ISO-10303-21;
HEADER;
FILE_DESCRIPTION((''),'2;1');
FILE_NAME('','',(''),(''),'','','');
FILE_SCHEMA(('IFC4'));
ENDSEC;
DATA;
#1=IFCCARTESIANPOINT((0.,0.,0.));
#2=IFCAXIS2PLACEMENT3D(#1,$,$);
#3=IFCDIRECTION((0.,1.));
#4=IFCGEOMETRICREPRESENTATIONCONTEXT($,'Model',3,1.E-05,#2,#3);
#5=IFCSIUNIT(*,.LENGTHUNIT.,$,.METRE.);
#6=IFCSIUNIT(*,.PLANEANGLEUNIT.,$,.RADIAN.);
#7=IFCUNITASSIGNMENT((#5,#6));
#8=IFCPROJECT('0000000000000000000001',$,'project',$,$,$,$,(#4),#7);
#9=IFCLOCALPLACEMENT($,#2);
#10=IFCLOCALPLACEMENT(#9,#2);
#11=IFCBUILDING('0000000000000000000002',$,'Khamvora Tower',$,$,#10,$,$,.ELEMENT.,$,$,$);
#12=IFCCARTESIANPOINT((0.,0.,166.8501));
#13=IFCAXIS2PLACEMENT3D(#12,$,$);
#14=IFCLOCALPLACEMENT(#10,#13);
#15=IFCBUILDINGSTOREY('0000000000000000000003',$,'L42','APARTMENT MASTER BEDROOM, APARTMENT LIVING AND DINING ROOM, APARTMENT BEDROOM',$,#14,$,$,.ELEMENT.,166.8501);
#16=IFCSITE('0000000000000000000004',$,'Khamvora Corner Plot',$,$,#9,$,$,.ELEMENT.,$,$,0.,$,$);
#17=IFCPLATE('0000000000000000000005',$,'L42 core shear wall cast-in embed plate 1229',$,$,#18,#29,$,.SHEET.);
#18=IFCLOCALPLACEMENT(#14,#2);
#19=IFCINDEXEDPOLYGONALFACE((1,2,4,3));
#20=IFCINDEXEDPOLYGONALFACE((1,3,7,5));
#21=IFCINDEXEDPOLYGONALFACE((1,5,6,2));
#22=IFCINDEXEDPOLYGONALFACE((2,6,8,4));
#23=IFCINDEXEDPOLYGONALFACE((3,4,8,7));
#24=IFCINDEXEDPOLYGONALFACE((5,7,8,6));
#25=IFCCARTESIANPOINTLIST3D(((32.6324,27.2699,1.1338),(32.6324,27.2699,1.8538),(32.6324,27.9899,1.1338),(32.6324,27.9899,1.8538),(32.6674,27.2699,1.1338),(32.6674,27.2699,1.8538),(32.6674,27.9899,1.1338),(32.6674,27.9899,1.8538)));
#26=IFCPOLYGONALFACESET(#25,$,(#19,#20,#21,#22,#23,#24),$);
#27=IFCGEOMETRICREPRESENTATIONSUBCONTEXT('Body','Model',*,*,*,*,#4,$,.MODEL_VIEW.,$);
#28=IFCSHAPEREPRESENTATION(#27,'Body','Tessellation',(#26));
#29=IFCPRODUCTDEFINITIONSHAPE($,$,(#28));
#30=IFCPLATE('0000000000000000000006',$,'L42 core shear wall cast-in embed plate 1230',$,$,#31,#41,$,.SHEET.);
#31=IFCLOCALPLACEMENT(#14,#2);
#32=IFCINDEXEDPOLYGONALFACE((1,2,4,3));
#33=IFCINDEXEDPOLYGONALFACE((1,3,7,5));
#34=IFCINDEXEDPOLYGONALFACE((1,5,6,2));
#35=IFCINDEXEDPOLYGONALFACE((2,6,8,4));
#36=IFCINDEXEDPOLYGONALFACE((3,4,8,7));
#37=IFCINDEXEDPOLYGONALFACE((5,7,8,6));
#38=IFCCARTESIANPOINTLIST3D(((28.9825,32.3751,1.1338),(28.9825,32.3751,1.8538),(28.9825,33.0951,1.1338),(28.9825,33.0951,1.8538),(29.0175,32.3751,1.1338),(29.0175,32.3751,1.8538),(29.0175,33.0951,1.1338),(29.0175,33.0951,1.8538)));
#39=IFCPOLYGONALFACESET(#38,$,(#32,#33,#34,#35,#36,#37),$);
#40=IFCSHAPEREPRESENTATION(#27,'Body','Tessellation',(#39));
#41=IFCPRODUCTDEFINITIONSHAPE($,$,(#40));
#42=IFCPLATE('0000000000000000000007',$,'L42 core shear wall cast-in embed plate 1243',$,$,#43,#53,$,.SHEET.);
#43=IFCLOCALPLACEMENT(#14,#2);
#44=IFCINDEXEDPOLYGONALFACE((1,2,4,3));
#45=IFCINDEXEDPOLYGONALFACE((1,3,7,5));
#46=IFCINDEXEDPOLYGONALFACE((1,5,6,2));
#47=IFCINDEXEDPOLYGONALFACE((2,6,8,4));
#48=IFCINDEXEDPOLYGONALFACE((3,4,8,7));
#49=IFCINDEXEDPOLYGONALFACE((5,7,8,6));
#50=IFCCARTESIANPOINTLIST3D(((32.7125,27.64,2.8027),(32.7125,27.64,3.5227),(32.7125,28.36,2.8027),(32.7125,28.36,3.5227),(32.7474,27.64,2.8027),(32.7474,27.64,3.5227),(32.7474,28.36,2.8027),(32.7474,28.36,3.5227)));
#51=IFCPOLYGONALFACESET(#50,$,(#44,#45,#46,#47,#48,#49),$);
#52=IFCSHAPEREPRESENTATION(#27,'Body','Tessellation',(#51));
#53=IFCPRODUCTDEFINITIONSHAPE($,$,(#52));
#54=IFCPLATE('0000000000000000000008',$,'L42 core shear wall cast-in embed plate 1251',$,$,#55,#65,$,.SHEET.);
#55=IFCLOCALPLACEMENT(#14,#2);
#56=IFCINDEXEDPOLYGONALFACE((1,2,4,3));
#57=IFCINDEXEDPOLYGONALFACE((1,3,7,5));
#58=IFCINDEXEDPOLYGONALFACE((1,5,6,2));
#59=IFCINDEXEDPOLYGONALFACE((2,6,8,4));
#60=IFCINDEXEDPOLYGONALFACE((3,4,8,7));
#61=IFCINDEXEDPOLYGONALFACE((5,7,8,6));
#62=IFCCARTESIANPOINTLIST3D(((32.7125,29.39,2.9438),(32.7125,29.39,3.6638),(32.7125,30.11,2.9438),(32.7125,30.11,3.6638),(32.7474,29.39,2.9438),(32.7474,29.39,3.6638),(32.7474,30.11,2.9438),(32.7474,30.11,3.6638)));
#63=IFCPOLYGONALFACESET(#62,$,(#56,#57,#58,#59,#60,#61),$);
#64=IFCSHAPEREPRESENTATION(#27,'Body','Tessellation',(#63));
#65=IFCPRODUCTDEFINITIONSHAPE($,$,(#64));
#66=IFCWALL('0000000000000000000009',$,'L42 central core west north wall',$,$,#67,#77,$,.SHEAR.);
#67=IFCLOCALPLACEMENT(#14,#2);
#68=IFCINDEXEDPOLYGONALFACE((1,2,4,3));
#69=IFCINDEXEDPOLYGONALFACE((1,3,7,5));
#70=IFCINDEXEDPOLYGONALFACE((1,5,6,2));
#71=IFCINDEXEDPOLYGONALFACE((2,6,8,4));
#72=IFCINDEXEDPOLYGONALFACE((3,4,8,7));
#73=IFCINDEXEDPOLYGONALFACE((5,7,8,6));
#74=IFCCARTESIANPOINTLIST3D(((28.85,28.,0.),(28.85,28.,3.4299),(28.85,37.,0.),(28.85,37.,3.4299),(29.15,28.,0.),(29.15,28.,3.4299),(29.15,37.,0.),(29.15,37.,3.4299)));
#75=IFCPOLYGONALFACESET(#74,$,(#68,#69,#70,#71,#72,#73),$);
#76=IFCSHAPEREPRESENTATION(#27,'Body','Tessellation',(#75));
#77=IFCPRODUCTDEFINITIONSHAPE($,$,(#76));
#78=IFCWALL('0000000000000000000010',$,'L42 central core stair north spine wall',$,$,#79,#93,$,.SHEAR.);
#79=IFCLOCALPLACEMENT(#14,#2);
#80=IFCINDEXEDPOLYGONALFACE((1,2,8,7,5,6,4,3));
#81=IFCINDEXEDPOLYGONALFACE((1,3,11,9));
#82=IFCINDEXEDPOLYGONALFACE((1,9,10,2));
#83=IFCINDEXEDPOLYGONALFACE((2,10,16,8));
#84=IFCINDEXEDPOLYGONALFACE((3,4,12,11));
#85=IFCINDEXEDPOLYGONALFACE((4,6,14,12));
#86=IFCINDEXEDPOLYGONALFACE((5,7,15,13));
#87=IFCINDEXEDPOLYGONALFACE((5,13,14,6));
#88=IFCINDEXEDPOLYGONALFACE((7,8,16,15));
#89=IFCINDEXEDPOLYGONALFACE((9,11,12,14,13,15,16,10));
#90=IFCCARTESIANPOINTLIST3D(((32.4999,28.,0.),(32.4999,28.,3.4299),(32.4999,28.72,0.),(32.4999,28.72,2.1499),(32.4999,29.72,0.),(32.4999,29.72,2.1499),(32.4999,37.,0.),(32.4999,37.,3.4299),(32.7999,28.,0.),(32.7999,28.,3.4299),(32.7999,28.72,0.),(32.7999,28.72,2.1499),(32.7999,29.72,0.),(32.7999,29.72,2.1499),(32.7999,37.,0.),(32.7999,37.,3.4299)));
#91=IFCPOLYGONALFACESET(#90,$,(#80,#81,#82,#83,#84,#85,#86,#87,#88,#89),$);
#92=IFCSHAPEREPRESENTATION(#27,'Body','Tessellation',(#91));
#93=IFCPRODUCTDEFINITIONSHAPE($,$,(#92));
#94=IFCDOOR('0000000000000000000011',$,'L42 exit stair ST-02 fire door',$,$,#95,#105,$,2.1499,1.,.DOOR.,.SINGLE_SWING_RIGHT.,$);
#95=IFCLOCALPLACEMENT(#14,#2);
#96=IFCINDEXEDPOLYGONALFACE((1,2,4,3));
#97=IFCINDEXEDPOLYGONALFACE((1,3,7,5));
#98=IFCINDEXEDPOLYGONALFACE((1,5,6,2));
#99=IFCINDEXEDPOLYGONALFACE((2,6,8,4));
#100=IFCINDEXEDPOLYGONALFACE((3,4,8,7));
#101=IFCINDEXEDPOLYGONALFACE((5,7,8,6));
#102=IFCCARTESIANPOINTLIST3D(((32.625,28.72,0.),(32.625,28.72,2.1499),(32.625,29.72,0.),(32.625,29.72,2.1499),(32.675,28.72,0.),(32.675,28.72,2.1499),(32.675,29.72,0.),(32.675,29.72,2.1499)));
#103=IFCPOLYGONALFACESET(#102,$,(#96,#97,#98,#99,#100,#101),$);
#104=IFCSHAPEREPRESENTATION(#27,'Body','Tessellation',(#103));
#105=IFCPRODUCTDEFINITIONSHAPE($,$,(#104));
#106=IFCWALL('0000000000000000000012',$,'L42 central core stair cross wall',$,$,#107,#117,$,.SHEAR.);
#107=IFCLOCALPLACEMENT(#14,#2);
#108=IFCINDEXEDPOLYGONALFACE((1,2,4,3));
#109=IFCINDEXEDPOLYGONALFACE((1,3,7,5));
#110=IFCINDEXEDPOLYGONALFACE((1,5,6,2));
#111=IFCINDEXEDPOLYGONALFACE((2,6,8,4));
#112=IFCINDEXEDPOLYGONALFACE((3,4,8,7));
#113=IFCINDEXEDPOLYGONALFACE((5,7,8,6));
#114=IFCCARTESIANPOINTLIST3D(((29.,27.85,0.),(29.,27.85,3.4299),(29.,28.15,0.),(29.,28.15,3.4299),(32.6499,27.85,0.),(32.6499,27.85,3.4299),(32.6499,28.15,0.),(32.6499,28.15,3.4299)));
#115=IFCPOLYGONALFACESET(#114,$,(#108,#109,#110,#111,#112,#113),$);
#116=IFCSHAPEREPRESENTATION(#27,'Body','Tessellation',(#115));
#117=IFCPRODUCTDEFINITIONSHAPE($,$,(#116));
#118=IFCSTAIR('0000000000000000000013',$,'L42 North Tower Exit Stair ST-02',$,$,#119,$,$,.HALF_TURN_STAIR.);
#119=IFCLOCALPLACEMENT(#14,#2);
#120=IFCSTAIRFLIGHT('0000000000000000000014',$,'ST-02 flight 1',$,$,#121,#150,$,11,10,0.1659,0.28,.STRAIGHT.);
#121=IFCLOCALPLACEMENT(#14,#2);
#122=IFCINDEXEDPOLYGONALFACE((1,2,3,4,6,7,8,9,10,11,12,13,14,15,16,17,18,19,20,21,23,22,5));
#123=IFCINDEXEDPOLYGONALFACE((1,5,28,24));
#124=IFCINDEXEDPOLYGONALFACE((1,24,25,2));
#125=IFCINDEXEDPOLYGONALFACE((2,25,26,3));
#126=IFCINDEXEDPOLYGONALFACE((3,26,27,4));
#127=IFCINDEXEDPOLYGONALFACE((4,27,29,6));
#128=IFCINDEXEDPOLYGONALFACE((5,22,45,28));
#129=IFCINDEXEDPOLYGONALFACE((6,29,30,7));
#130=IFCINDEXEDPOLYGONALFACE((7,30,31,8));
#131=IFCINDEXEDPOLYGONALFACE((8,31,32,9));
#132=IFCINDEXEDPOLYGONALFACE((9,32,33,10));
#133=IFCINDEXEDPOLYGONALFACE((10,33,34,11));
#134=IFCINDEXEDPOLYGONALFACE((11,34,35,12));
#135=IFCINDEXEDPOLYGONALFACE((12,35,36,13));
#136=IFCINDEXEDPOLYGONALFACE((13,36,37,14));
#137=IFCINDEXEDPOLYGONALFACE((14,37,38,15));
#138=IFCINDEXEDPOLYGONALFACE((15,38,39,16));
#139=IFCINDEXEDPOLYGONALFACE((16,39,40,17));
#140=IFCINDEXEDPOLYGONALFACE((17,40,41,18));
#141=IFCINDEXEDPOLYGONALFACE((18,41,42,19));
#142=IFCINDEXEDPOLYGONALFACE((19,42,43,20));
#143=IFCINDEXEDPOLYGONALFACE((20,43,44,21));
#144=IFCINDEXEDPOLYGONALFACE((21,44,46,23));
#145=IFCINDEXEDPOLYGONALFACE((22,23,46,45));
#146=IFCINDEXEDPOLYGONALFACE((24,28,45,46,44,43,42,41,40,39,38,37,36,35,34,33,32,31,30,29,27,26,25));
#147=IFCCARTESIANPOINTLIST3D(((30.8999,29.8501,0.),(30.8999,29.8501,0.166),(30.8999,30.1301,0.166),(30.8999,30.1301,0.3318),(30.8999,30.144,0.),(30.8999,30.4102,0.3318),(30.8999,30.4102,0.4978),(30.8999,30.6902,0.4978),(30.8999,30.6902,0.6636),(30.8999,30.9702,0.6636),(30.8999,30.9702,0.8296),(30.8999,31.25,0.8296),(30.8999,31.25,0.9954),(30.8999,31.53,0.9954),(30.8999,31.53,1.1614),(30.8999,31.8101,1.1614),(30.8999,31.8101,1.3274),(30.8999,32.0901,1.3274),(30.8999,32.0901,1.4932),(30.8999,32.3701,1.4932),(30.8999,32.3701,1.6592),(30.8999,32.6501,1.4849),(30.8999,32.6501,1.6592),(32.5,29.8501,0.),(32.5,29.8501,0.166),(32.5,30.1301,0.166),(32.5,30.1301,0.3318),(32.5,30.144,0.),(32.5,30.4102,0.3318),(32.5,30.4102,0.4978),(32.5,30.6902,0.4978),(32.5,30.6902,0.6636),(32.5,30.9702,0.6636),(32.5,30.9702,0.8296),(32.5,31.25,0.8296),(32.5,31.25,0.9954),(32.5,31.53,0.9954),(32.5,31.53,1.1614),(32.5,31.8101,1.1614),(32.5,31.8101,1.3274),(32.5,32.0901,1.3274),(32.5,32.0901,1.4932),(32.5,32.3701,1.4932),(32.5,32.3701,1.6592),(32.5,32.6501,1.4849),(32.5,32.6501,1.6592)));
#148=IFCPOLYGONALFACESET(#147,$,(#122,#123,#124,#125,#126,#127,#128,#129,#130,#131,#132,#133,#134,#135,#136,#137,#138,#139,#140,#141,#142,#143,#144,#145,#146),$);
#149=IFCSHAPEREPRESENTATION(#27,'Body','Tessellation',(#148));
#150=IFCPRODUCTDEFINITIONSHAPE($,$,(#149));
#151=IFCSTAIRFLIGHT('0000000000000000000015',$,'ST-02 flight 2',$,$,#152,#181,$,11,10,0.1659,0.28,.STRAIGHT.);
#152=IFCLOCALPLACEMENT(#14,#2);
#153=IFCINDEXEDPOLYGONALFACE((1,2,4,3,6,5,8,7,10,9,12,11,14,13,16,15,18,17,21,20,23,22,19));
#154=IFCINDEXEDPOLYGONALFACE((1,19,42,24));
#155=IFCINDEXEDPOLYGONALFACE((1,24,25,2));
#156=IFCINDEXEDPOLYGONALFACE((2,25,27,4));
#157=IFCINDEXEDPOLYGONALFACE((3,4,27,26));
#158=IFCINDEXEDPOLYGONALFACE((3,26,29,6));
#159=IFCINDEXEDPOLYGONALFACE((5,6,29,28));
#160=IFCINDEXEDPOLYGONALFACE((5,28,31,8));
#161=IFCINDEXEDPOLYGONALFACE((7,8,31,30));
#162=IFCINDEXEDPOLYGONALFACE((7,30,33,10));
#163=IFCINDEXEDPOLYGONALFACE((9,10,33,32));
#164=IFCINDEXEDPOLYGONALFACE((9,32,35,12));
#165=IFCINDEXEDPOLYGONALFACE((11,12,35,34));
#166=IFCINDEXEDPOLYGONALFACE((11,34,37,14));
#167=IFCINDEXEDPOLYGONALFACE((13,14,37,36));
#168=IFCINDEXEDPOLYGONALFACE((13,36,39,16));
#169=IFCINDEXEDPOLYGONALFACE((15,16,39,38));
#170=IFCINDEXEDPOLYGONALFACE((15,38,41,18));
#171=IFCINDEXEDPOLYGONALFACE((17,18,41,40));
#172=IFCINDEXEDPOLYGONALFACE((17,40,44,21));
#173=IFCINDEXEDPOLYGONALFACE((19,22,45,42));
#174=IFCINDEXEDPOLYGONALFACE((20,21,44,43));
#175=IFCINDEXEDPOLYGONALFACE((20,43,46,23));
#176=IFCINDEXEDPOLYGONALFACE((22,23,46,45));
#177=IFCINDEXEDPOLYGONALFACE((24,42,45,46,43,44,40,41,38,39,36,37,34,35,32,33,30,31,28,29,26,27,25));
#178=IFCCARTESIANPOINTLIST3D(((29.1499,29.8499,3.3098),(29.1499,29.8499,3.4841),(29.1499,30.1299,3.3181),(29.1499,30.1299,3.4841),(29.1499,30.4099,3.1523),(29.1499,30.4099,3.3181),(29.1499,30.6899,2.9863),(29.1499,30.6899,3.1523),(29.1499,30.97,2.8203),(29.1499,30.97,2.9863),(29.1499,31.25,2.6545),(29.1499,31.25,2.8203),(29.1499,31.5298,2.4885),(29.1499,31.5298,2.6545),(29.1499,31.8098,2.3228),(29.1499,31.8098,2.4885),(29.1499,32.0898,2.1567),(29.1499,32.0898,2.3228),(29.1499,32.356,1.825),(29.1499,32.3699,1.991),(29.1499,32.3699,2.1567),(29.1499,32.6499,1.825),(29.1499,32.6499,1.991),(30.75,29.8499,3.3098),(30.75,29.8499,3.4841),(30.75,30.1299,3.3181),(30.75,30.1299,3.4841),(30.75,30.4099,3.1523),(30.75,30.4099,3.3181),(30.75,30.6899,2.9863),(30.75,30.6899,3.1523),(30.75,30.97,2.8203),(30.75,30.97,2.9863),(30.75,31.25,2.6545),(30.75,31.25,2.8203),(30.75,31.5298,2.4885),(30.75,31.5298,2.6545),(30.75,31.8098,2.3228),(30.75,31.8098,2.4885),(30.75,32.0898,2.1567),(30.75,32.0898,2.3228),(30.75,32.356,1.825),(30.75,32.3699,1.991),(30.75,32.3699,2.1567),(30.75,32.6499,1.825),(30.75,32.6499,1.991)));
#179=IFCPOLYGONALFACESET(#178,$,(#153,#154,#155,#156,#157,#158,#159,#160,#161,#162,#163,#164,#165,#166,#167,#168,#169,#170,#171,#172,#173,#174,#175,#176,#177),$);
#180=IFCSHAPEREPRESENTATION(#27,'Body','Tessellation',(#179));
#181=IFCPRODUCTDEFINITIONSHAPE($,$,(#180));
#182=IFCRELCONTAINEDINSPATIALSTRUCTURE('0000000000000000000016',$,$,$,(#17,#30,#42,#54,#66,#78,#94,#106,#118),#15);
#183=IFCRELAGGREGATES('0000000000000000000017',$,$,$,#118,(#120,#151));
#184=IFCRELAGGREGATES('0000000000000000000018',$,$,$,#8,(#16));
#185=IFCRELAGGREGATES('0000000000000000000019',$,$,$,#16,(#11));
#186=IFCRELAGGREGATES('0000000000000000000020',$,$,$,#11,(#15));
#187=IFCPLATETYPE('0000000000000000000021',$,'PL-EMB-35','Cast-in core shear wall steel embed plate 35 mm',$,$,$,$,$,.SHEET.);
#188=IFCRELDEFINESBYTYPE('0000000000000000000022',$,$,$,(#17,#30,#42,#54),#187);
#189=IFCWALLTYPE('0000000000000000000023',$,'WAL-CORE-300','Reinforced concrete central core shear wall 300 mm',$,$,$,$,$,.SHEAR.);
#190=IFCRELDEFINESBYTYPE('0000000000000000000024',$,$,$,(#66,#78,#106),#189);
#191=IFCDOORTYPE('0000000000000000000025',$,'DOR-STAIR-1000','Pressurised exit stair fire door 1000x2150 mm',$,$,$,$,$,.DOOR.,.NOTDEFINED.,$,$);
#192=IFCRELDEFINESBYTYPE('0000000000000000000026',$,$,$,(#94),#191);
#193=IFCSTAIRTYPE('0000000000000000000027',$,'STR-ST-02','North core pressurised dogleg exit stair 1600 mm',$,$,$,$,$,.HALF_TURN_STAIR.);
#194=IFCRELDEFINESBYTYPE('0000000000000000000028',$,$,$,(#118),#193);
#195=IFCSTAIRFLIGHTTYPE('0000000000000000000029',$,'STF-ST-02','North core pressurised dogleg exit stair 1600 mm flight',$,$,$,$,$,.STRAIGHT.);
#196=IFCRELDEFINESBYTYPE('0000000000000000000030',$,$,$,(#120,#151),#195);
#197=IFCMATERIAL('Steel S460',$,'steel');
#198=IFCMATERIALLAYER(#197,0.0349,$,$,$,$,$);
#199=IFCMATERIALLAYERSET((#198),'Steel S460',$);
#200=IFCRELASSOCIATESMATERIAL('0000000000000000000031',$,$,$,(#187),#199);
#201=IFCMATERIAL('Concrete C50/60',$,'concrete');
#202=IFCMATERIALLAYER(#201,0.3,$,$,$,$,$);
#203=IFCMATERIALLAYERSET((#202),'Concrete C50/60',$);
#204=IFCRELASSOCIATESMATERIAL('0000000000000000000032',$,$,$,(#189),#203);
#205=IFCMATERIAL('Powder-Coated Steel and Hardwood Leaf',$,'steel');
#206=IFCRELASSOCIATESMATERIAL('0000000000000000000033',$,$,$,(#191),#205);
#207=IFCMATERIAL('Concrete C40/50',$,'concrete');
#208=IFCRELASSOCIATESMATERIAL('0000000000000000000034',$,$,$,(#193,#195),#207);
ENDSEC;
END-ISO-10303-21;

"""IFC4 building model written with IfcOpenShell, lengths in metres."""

from ifc_helpers import new_model, si_unit, direction, frame, frame_2d, origin, origin_2d, place, context, subcontext, project, spatial, polyline, rectangle, outline, extrude, material, layer, layer_set, type_object, element, fill, aggregate, save


model = new_model("IFC4")

# Units and contexts
model_context = context("Model", 3, precision=1e-05, world=origin(), true_north=direction((0.0, 1.0)))
body_context = subcontext(model_context, "Body", "Model", "MODEL_VIEW")
ifc_project = project(units=[si_unit("LENGTHUNIT", "METRE"), si_unit("PLANEANGLEUNIT", "RADIAN")], contexts=[model_context])

# Site, building, storey
site_placement = place(None, origin())
site = spatial("IfcSite", under=ifc_project, at=site_placement, Name="Khamvora Corner Plot", CompositionType="ELEMENT", RefElevation=0.0)
building_placement = place(site_placement, origin())
building = spatial("IfcBuilding", under=site, at=building_placement, Name="Khamvora Tower", CompositionType="ELEMENT")
storey_placement = place(building_placement, frame((0.0, 0.0, 166.8501)))
storey = spatial("IfcBuildingStorey", under=building, at=storey_placement, Name="L42", Description="APARTMENT MASTER BEDROOM, APARTMENT LIVING AND DINING ROOM, APARTMENT BEDROOM", CompositionType="ELEMENT", Elevation=166.8501)

# Shared definitions
ifc_material_1 = material(Name="Steel S460", Category="steel")

# Plates
ifc_layer_1 = layer(ifc_material_1, 0.0349)
ifc_layer_set_1 = layer_set([ifc_layer_1], Name="Steel S460")
plate_type = type_object("IfcPlateType", Name="PL-EMB-35", Description="Cast-in core shear wall steel embed plate 35 mm", PredefinedType="SHEET", material=ifc_layer_set_1)
for number, where, z_axis, x_axis, name in (
    (1, (32.6499, 27.6299, 1.1338), (0.0, 0.0, 1.0), (1.0, 0.0, 0.0), "L42 core shear wall cast-in embed plate 1229"),
    (2, (29.0, 32.7351, 1.1338), (0.0, 0.0, 1.0), (1.0, 0.0, 0.0), "L42 core shear wall cast-in embed plate 1230"),
    (3, (32.73, 28.0, 2.8027), (0.0, 0.0, 1.0), (1.0, 0.0, 0.0), "L42 core shear wall cast-in embed plate 1243"),
    (4, (32.73, 29.75, 2.9438), (0.0, 0.0, 1.0), (1.0, 0.0, 0.0), "L42 core shear wall cast-in embed plate 1251"),
):
    element("IfcPlate", number, at=place(storey_placement, frame(where, z_axis=z_axis, x_axis=x_axis)), inside=storey, type_object=plate_type, Name=name, PredefinedType="SHEET", context=body_context, shape_type="SweptSolid", body=[
        extrude(rectangle(XDim=0.0349, YDim=0.72, at=origin_2d()), origin(), (0.0, 0.0, 1.0), 0.72),
    ])

# Wall
ifc_material_2 = material(Name="Concrete C50/60", Category="concrete")
ifc_layer_2 = layer(ifc_material_2, 0.3)
ifc_layer_set_2 = layer_set([ifc_layer_2], Name="Concrete C50/60")
wall_type = type_object("IfcWallType", Name="WAL-CORE-300", Description="Reinforced concrete central core shear wall 300 mm", PredefinedType="SHEAR", material=ifc_layer_set_2)
wall_1_placement = place(storey_placement, frame((29.0, 28.0, 0.0), z_axis=(0.0, 0.0, 1.0), x_axis=(0.0, 1.0, 0.0)))
element("IfcWall", 5, at=wall_1_placement, inside=storey, type_object=wall_type, Name="L42 central core west north wall", PredefinedType="SHEAR", context=body_context, shape_type="SweptSolid", body=[
    extrude(rectangle(XDim=9.0, YDim=0.3, at=frame_2d((4.5, 0.0))), origin(), (0.0, 0.0, 1.0), 3.4299),
])

# Wall, opening, door
wall_2_placement = place(storey_placement, frame((32.6499, 28.0, 0.0), z_axis=(0.0, 0.0, 1.0), x_axis=(0.0, 1.0, 0.0)))
wall_2 = element("IfcWall", 6, at=wall_2_placement, inside=storey, type_object=wall_type, Name="L42 central core stair north spine wall", PredefinedType="SHEAR", context=body_context, shape_type="SweptSolid", body=[
    extrude(rectangle(XDim=9.0, YDim=0.3, at=frame_2d((4.5, 0.0))), origin(), (0.0, 0.0, 1.0), 3.4299),
])
opening_placement = place(wall_2_placement, frame((0.72, 0.0, 0.0)))
opening = element("IfcOpeningElement", 7, at=opening_placement, cuts=wall_2, PredefinedType="OPENING", context=body_context, shape_type="SweptSolid", body=[
    extrude(rectangle(XDim=1.0, YDim=2.1499, at=frame_2d((0.5, 1.075))), frame((0.0, 0.1599, 0.0), z_axis=(0.0, -1.0, 0.0), x_axis=(1.0, 0.0, 0.0)), (0.0, 0.0, 1.0), 0.3201),
])
ifc_material_3 = material(Name="Powder-Coated Steel and Hardwood Leaf", Category="steel")
door_type = type_object("IfcDoorType", Name="DOR-STAIR-1000", Description="Pressurised exit stair fire door 1000x2150 mm", OperationType="NOTDEFINED", PredefinedType="DOOR", material=ifc_material_3)
door_placement = place(opening_placement, origin())
door = element("IfcDoor", 8, at=door_placement, inside=storey, type_object=door_type, Name="L42 exit stair ST-02 fire door", OperationType="SINGLE_SWING_RIGHT", OverallHeight=2.1499, OverallWidth=1.0, PredefinedType="DOOR", context=body_context, shape_type="SweptSolid", body=[
    extrude(rectangle(XDim=1.0, YDim=2.1499, at=frame_2d((0.5, 1.075))), frame((0.0, 0.0249, 0.0), z_axis=(0.0, -1.0, 0.0), x_axis=(1.0, 0.0, 0.0)), (0.0, 0.0, 1.0), 0.05),
])
fill(opening, door)

# Wall
wall_3_placement = place(storey_placement, frame((29.0, 28.0, 0.0), z_axis=(0.0, 0.0, 1.0), x_axis=(1.0, 0.0, 0.0)))
element("IfcWall", 9, at=wall_3_placement, inside=storey, type_object=wall_type, Name="L42 central core stair cross wall", PredefinedType="SHEAR", context=body_context, shape_type="SweptSolid", body=[
    extrude(rectangle(XDim=3.6499, YDim=0.3, at=frame_2d((1.825, 0.0))), origin(), (0.0, 0.0, 1.0), 3.4299),
])

# Stair, stair flights
ifc_material_4 = material(Name="Concrete C40/50", Category="concrete")
stair_type = type_object("IfcStairType", Name="STR-ST-02", Description="North core pressurised dogleg exit stair 1600 mm", PredefinedType="HALF_TURN_STAIR", material=ifc_material_4)
stair_placement = place(storey_placement, origin())
stair = element("IfcStair", 10, at=stair_placement, inside=storey, type_object=stair_type, Name="L42 North Tower Exit Stair ST-02", PredefinedType="HALF_TURN_STAIR")
stair_flight_type = type_object("IfcStairFlightType", Name="STF-ST-02", Description="North core pressurised dogleg exit stair 1600 mm flight", PredefinedType="STRAIGHT", material=ifc_material_4)
stair_flight_1_placement = place(storey_placement, frame((31.7, 29.8501, 0.0), z_axis=(0.0, 0.0, 1.0), x_axis=(0.0, 1.0, 0.0)))
stair_flight_1 = element("IfcStairFlight", 11, at=stair_flight_1_placement, type_object=stair_flight_type, Name="ST-02 flight 1", NumberOfRisers=11, NumberOfTreads=10, PredefinedType="STRAIGHT", RiserHeight=0.1659, TreadLength=0.28, context=body_context, shape_type="SweptSolid", body=[
    extrude(outline(polyline([(0.0, 0.0), (0.0, 0.166), (0.28, 0.166), (0.28, 0.3318), (0.5601, 0.3318), (0.5601, 0.4978), (0.8401, 0.4978), (0.8401, 0.6636), (1.1201, 0.6636), (1.1201, 0.8296), (1.3999, 0.8296), (1.3999, 0.9954), (1.6799, 0.9954), (1.6799, 1.1614), (1.96, 1.1614), (1.96, 1.3274), (2.24, 1.3274), (2.24, 1.4932), (2.52, 1.4932), (2.52, 1.6592), (2.8, 1.6592), (2.8, 1.825), (2.8, 1.4849), (0.2939, 0.0), (0.0, 0.0)])), frame((0.0, 0.8, 0.0), z_axis=(0.0, -1.0, 0.0), x_axis=(1.0, 0.0, 0.0)), (0.0, 0.0, 1.0), 1.6001),
])
stair_flight_2_placement = place(storey_placement, frame((29.95, 32.6499, 1.825), z_axis=(0.0, 0.0, 1.0), x_axis=(0.0, -1.0, 0.0)))
stair_flight_2 = element("IfcStairFlight", 12, at=stair_flight_2_placement, type_object=stair_flight_type, Name="ST-02 flight 2", NumberOfRisers=11, NumberOfTreads=10, PredefinedType="STRAIGHT", RiserHeight=0.1659, TreadLength=0.28, context=body_context, shape_type="SweptSolid", body=[
    extrude(outline(polyline([(0.0, 0.0), (0.0, 0.166), (0.28, 0.166), (0.28, 0.3318), (0.5601, 0.3318), (0.5601, 0.4978), (0.8401, 0.4978), (0.8401, 0.6636), (1.1201, 0.6636), (1.1201, 0.8296), (1.3999, 0.8296), (1.3999, 0.9954), (1.6799, 0.9954), (1.6799, 1.1614), (1.96, 1.1614), (1.96, 1.3274), (2.24, 1.3274), (2.24, 1.4932), (2.52, 1.4932), (2.52, 1.6592), (2.8, 1.6592), (2.8, 1.825), (2.8, 1.4849), (0.2939, 0.0), (0.0, 0.0)])), frame((0.0, 0.8, 0.0), z_axis=(0.0, -1.0, 0.0), x_axis=(1.0, 0.0, 0.0)), (0.0, 0.0, 1.0), 1.6001),
])
aggregate(stair, [stair_flight_1, stair_flight_2])

save(model, "model.ifc")
